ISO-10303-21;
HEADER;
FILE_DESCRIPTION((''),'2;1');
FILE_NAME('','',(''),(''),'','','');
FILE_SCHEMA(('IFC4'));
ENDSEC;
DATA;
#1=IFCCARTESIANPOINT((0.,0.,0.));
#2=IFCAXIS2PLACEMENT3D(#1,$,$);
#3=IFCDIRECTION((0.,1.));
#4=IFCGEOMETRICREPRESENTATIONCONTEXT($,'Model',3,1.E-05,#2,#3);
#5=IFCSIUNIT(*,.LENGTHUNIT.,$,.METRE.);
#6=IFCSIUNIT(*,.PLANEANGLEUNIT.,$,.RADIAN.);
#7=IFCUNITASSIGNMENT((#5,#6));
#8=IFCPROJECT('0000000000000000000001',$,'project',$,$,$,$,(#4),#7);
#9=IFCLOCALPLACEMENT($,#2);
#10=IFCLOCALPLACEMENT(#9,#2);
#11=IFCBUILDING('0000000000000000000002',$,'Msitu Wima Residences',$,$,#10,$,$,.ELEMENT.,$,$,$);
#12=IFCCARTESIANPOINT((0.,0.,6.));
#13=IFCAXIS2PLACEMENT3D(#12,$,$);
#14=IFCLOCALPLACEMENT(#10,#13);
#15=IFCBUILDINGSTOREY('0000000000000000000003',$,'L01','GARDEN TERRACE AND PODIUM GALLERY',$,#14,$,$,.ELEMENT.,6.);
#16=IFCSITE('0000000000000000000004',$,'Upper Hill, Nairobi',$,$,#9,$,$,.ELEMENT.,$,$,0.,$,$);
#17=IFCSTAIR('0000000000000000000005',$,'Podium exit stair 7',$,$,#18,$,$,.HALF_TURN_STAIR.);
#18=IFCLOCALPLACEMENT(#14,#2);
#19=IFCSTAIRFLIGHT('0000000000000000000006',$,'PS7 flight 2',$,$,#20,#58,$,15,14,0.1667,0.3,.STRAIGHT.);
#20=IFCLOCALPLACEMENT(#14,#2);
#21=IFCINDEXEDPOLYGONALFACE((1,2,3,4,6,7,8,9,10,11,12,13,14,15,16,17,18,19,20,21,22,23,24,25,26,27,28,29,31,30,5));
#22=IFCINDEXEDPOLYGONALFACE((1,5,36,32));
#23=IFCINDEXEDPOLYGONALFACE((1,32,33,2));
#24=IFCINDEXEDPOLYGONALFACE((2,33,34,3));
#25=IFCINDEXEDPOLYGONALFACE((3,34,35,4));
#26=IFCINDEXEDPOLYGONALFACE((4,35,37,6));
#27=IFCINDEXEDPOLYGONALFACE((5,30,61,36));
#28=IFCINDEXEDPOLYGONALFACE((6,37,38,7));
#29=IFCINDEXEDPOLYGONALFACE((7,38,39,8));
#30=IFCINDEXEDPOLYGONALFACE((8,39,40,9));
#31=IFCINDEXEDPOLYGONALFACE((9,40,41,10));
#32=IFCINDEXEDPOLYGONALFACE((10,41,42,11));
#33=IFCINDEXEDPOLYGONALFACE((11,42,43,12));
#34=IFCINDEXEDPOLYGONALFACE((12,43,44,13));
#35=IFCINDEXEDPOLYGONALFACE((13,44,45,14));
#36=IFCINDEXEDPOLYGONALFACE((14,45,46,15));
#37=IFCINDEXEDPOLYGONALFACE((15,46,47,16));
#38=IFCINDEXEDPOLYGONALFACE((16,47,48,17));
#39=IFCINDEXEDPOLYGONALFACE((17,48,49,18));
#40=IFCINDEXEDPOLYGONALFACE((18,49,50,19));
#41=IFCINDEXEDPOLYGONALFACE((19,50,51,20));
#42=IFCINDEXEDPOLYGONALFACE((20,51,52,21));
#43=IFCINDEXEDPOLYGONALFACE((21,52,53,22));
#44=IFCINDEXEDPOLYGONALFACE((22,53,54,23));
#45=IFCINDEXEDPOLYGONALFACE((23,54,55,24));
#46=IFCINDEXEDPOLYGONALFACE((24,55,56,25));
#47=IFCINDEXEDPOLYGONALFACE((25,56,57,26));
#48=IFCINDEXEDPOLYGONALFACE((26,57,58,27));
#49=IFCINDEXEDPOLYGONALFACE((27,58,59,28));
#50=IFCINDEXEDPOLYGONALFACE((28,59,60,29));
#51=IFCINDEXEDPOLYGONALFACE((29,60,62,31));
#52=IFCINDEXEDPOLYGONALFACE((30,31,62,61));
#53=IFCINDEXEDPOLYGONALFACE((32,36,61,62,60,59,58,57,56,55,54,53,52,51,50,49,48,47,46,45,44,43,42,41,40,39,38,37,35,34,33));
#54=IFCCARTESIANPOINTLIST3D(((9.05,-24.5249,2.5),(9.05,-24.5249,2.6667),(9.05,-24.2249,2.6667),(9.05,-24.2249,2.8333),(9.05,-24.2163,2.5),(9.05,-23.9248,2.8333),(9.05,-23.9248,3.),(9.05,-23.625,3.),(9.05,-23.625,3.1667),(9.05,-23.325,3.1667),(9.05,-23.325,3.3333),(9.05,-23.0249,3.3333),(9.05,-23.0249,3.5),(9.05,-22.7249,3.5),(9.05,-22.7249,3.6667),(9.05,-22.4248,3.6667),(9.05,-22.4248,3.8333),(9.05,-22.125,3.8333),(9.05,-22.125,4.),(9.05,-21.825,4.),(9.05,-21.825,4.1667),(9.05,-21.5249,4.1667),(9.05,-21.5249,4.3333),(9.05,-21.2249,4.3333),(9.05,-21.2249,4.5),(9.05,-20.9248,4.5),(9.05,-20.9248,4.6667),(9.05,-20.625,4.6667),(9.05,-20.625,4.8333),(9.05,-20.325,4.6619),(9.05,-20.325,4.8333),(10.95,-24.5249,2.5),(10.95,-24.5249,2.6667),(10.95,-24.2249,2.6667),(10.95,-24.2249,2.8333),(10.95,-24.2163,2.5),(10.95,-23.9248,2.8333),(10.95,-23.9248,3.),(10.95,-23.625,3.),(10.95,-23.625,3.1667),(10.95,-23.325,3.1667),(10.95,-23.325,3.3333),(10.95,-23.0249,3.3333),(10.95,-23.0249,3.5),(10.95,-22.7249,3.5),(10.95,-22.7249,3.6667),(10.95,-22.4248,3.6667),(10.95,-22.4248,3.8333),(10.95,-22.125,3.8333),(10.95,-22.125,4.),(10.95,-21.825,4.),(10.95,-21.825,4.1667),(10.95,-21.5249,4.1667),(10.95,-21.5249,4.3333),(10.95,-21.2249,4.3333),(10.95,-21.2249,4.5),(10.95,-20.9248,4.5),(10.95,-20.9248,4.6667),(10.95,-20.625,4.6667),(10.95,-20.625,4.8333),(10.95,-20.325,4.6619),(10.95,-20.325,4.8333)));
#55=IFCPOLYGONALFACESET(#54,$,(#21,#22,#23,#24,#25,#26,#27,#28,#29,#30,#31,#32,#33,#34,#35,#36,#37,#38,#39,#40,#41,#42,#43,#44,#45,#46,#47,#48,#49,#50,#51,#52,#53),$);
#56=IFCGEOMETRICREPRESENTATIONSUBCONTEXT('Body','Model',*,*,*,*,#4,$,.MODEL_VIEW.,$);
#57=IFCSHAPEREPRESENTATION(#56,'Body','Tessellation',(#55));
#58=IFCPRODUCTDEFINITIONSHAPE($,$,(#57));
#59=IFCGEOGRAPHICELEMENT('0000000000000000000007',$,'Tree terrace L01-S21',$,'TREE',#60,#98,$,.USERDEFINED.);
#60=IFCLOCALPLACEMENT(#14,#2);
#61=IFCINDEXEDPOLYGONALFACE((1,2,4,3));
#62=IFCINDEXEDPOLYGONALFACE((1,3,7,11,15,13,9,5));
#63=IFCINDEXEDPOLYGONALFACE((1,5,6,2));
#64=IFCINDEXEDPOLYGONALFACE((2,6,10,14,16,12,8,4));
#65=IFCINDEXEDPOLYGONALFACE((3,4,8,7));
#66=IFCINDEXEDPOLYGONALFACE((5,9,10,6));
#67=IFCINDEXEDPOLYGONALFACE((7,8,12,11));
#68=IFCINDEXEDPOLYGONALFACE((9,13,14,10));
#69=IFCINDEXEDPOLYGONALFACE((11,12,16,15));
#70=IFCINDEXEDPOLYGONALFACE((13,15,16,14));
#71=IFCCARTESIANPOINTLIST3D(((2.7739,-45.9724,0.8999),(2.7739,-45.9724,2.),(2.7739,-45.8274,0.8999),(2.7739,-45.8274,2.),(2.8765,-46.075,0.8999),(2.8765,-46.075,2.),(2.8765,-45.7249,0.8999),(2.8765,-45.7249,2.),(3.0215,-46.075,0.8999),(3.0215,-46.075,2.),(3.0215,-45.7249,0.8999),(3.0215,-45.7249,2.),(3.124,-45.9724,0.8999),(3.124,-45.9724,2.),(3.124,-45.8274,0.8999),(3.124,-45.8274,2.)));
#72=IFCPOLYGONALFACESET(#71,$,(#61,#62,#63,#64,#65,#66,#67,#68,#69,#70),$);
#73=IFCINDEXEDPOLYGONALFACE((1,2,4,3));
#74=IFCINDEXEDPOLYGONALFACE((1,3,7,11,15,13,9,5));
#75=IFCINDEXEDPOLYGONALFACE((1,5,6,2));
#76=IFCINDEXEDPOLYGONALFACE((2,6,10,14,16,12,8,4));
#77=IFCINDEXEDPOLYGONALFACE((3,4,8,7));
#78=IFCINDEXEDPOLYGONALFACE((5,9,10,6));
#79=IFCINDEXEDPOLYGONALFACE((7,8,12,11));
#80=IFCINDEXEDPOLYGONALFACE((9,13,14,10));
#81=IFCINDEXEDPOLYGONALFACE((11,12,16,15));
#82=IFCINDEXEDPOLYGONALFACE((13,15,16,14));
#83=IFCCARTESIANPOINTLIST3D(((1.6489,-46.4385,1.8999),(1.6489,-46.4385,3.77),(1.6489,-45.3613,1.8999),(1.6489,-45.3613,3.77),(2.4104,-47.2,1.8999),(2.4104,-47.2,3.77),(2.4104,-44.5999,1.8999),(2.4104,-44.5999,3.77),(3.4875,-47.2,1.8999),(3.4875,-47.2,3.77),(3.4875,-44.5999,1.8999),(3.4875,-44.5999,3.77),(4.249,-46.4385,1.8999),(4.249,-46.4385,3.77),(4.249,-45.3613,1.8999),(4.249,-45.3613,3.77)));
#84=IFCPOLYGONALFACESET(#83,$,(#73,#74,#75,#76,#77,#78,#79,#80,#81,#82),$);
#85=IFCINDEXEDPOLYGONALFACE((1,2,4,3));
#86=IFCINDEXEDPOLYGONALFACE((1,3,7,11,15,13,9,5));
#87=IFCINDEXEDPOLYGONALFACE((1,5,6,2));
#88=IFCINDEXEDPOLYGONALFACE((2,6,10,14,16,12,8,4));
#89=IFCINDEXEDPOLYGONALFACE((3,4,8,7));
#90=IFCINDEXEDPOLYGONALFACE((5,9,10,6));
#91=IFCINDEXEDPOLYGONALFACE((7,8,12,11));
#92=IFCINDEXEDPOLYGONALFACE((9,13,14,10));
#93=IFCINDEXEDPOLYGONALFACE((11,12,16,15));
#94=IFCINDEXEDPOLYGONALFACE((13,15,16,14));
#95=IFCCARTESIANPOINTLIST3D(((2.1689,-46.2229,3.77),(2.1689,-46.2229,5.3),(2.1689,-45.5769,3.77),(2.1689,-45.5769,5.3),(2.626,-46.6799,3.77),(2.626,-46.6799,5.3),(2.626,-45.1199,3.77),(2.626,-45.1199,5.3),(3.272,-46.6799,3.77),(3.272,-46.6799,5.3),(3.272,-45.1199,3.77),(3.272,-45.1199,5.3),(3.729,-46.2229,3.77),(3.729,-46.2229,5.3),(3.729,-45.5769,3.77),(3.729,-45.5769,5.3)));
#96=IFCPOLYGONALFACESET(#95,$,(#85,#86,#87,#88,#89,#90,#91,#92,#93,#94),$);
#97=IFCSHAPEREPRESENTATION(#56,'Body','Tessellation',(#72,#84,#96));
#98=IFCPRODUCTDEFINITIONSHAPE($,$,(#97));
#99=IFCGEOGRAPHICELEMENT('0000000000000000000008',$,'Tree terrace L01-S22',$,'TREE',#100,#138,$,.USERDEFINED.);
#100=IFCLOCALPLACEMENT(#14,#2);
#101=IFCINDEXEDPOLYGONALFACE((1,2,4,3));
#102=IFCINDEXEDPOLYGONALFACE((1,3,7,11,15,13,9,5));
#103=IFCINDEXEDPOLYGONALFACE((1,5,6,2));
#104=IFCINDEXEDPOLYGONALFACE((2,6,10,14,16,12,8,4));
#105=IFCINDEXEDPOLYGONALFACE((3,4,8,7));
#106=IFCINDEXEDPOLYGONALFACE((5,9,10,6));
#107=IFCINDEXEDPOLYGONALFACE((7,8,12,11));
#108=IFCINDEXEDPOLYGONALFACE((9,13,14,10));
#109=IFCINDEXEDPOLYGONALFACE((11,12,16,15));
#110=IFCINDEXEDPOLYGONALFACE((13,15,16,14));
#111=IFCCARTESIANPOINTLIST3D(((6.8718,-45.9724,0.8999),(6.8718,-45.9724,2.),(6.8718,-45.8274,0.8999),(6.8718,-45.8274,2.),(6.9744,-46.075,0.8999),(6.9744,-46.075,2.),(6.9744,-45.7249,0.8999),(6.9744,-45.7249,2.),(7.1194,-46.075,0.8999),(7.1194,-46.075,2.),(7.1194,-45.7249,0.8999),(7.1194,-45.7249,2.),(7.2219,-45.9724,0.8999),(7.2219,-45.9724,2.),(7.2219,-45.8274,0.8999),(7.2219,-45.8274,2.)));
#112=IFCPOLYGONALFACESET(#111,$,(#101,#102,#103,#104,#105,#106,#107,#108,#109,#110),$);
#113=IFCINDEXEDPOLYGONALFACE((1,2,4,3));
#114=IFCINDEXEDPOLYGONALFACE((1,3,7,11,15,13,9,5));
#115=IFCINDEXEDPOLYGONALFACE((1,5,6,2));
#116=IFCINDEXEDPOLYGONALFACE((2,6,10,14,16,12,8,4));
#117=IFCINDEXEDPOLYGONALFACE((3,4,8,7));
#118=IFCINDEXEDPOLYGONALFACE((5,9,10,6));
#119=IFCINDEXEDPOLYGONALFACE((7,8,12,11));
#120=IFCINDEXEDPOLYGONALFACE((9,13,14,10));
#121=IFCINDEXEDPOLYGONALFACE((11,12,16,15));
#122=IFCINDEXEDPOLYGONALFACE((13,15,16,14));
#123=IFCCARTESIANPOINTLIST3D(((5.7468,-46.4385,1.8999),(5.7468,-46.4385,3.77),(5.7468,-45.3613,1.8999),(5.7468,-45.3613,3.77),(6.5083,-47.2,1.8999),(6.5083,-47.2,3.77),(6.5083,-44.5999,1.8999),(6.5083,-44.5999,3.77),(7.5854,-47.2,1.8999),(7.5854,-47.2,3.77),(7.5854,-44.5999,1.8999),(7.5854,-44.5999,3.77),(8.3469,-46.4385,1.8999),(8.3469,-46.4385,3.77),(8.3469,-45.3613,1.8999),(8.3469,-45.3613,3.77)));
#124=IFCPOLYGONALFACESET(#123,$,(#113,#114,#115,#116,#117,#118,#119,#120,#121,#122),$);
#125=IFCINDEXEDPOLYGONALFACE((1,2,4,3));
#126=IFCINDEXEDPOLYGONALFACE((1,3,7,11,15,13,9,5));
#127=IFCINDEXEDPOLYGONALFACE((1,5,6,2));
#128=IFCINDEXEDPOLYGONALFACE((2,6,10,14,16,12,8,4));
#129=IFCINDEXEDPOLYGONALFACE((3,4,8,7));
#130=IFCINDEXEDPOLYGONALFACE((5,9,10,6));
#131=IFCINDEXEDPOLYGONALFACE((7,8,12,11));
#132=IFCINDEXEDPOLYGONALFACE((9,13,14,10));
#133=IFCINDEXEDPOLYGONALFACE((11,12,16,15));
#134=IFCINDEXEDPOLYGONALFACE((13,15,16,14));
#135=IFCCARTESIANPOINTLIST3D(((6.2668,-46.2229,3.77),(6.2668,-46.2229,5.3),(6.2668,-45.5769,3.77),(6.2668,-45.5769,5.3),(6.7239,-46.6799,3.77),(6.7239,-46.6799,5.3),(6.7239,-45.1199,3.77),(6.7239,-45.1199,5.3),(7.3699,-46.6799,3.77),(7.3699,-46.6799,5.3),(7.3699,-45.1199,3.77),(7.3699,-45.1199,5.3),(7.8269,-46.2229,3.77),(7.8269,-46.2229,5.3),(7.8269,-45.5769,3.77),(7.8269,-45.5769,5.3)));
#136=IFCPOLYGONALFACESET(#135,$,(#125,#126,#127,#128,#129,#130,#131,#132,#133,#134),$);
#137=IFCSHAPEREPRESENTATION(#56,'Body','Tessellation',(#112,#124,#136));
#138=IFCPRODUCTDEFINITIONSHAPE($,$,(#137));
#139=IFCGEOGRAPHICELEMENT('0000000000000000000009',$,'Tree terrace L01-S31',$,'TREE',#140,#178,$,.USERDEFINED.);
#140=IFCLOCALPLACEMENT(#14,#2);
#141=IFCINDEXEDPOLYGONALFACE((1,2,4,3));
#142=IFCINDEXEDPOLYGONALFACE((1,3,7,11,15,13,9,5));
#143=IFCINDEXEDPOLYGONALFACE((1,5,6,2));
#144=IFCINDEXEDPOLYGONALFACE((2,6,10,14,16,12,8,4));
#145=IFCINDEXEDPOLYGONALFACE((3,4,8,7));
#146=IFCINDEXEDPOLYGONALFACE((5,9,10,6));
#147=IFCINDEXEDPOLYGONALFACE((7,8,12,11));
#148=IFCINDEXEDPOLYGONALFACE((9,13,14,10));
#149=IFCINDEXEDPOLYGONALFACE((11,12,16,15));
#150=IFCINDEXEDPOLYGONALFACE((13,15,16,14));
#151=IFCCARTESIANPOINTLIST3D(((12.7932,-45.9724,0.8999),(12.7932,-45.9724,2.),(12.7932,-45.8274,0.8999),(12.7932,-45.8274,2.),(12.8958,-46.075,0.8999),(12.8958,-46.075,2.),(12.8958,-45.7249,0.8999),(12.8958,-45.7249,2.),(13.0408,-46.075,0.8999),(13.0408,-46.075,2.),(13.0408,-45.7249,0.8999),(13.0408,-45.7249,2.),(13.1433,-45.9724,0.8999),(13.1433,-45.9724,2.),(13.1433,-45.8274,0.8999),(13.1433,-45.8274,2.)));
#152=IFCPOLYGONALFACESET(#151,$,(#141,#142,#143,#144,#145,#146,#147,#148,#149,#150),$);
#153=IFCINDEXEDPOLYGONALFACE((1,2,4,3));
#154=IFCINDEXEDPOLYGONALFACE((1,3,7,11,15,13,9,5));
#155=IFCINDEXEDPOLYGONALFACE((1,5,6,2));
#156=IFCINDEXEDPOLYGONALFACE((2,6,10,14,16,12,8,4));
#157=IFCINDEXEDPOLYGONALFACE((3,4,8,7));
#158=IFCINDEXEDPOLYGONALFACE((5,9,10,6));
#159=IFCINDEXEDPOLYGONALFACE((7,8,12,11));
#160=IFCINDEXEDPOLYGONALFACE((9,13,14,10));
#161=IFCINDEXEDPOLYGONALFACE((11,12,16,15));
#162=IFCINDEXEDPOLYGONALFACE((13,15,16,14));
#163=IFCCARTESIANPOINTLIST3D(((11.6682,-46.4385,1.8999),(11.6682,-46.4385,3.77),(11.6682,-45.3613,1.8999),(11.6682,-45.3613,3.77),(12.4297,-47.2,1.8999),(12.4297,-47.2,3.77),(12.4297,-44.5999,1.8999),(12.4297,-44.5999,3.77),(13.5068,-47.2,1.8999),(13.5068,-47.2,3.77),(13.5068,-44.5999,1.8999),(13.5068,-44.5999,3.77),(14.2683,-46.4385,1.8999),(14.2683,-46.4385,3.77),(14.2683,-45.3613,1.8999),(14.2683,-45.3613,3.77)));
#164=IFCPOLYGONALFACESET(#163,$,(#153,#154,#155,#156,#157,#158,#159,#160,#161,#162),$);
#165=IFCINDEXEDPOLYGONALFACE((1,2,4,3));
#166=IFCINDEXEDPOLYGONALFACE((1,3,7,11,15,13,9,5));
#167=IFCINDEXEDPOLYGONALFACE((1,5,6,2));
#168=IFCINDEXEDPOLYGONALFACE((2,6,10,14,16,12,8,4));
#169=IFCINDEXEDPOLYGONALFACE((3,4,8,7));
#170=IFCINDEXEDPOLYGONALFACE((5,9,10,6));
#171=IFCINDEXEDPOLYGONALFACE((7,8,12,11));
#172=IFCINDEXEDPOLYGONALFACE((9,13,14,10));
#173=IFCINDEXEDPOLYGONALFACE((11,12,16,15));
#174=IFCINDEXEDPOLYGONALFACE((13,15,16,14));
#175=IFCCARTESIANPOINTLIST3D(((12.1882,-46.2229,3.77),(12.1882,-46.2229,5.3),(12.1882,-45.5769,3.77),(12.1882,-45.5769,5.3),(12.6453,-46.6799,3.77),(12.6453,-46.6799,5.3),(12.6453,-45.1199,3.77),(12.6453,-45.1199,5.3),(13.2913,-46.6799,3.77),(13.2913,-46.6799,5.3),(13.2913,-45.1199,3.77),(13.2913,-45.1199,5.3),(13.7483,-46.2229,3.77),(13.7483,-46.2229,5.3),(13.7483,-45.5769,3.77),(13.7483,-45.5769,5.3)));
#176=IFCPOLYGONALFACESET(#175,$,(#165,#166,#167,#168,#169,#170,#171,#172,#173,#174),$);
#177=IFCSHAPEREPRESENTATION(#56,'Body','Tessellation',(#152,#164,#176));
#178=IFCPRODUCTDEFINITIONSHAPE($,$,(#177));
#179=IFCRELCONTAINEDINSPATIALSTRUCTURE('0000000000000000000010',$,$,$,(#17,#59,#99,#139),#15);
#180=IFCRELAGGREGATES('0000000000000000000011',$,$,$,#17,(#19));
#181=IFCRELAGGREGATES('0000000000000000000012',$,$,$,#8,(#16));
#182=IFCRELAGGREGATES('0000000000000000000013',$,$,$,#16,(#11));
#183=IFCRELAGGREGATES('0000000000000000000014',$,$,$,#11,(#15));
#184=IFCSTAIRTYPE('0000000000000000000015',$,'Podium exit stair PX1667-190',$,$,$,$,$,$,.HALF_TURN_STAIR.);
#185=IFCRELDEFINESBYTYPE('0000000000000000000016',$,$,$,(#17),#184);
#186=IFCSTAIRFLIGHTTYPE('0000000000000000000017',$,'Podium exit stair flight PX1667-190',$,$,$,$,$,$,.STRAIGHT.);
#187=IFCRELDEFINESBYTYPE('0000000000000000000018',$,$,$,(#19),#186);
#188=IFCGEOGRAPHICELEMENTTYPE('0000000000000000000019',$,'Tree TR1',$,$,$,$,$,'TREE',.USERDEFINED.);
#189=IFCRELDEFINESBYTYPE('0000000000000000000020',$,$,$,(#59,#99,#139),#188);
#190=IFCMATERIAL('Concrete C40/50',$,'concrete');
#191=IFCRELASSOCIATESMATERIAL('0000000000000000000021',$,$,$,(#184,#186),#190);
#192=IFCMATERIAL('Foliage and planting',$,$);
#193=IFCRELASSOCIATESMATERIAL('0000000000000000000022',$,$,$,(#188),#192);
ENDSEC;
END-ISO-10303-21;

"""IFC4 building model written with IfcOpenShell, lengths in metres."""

from ifc_helpers import new_model, si_unit, direction, frame, origin, place, context, subcontext, project, spatial, polyline, outline, extrude, material, type_object, element, aggregate, save


model = new_model("IFC4")

# Units and contexts
model_context = context("Model", 3, precision=1e-05, world=origin(), true_north=direction((0.0, 1.0)))
body_context = subcontext(model_context, "Body", "Model", "MODEL_VIEW")
ifc_project = project(units=[si_unit("LENGTHUNIT", "METRE"), si_unit("PLANEANGLEUNIT", "RADIAN")], contexts=[model_context])

# Site, building, storey
site_placement = place(None, origin())
site = spatial("IfcSite", under=ifc_project, at=site_placement, Name="Upper Hill, Nairobi", CompositionType="ELEMENT", RefElevation=0.0)
building_placement = place(site_placement, origin())
building = spatial("IfcBuilding", under=site, at=building_placement, Name="Msitu Wima Residences", CompositionType="ELEMENT")
storey_placement = place(building_placement, frame((0.0, 0.0, 6.0)))
storey = spatial("IfcBuildingStorey", under=building, at=storey_placement, Name="L01", Description="GARDEN TERRACE AND PODIUM GALLERY", CompositionType="ELEMENT", Elevation=6.0)

# Shared definitions
ifc_material_1 = material(Name="Concrete C40/50", Category="concrete")

# Stair, stair flight
stair_type = type_object("IfcStairType", Name="Podium exit stair PX1667-190", PredefinedType="HALF_TURN_STAIR", material=ifc_material_1)
stair_placement = place(storey_placement, origin())
stair = element("IfcStair", 1, at=stair_placement, inside=storey, type_object=stair_type, Name="Podium exit stair 7", PredefinedType="HALF_TURN_STAIR")
stair_flight_type = type_object("IfcStairFlightType", Name="Podium exit stair flight PX1667-190", PredefinedType="STRAIGHT", material=ifc_material_1)
stair_flight_placement = place(storey_placement, frame((10.0, -24.5249, 2.5), z_axis=(0.0, 0.0, 1.0), x_axis=(0.0, 1.0, 0.0)))
stair_flight = element("IfcStairFlight", 2, at=stair_flight_placement, type_object=stair_flight_type, Name="PS7 flight 2", NumberOfRisers=15, NumberOfTreads=14, PredefinedType="STRAIGHT", RiserHeight=0.1667, TreadLength=0.3, context=body_context, shape_type="SweptSolid", body=[
    extrude(outline(polyline([(0.0, 0.0), (0.0, 0.1667), (0.3, 0.1667), (0.3, 0.3333), (0.6001, 0.3333), (0.6001, 0.5), (0.8999, 0.5), (0.8999, 0.6667), (1.2, 0.6667), (1.2, 0.8333), (1.5, 0.8333), (1.5, 1.0), (1.8, 1.0), (1.8, 1.1667), (2.1001, 1.1667), (2.1001, 1.3333), (2.3999, 1.3333), (2.3999, 1.5), (2.7, 1.5), (2.7, 1.6667), (3.0, 1.6667), (3.0, 1.8333), (3.3, 1.8333), (3.3, 2.0), (3.6001, 2.0), (3.6001, 2.1667), (3.8999, 2.1667), (3.8999, 2.3333), (4.2, 2.3333), (4.2, 2.5), (4.2, 2.1619), (0.3086, 0.0), (0.0, 0.0)])), frame((0.0, 0.95, 0.0), z_axis=(0.0, -1.0, 0.0), x_axis=(1.0, 0.0, 0.0)), (0.0, 0.0, 1.0), 1.8999),
])
aggregate(stair, [stair_flight])

# Geographic elements
ifc_material_2 = material(Name="Foliage and planting")
geographic_element_type = type_object("IfcGeographicElementType", Name="Tree TR1", ElementType="TREE", PredefinedType="USERDEFINED", material=ifc_material_2)
for number, where, z_axis, x_axis, name in (
    (3, (2.949, -45.8999, 0.8999), (0.0, 0.0, 1.0), (1.0, 0.0, 0.0), "Tree terrace L01-S21"),
    (4, (7.0469, -45.8999, 0.8999), (0.0, 0.0, 1.0), (1.0, 0.0, 0.0), "Tree terrace L01-S22"),
    (5, (12.9683, -45.8999, 0.8999), (0.0, 0.0, 1.0), (1.0, 0.0, 0.0), "Tree terrace L01-S31"),
):
    element("IfcGeographicElement", number, at=place(storey_placement, frame(where, z_axis=z_axis, x_axis=x_axis)), inside=storey, type_object=geographic_element_type, Name=name, ObjectType="TREE", PredefinedType="USERDEFINED", context=body_context, shape_type="SweptSolid", body=[
        extrude(outline(polyline([(0.175, 0.0725), (0.0725, 0.175), (-0.0725, 0.175), (-0.175, 0.0725), (-0.175, -0.0725), (-0.0725, -0.175), (0.0725, -0.175), (0.175, -0.0725), (0.175, 0.0725)])), origin(), (0.0, 0.0, 1.0), 1.1001),
        extrude(outline(polyline([(1.3, 0.5386), (0.5386, 1.3), (-0.5386, 1.3), (-1.3, 0.5386), (-1.3, -0.5386), (-0.5386, -1.3), (0.5386, -1.3), (1.3, -0.5386), (1.3, 0.5386)])), frame((0.0, 0.0, 1.0)), (0.0, 0.0, 1.0), 1.8701),
        extrude(outline(polyline([(0.78, 0.323), (0.323, 0.78), (-0.323, 0.78), (-0.78, 0.323), (-0.78, -0.323), (-0.323, -0.78), (0.323, -0.78), (0.78, -0.323), (0.78, 0.323)])), frame((0.0, 0.0, 2.8701)), (0.0, 0.0, 1.0), 1.53),
    ])

save(model, "model.ifc")
